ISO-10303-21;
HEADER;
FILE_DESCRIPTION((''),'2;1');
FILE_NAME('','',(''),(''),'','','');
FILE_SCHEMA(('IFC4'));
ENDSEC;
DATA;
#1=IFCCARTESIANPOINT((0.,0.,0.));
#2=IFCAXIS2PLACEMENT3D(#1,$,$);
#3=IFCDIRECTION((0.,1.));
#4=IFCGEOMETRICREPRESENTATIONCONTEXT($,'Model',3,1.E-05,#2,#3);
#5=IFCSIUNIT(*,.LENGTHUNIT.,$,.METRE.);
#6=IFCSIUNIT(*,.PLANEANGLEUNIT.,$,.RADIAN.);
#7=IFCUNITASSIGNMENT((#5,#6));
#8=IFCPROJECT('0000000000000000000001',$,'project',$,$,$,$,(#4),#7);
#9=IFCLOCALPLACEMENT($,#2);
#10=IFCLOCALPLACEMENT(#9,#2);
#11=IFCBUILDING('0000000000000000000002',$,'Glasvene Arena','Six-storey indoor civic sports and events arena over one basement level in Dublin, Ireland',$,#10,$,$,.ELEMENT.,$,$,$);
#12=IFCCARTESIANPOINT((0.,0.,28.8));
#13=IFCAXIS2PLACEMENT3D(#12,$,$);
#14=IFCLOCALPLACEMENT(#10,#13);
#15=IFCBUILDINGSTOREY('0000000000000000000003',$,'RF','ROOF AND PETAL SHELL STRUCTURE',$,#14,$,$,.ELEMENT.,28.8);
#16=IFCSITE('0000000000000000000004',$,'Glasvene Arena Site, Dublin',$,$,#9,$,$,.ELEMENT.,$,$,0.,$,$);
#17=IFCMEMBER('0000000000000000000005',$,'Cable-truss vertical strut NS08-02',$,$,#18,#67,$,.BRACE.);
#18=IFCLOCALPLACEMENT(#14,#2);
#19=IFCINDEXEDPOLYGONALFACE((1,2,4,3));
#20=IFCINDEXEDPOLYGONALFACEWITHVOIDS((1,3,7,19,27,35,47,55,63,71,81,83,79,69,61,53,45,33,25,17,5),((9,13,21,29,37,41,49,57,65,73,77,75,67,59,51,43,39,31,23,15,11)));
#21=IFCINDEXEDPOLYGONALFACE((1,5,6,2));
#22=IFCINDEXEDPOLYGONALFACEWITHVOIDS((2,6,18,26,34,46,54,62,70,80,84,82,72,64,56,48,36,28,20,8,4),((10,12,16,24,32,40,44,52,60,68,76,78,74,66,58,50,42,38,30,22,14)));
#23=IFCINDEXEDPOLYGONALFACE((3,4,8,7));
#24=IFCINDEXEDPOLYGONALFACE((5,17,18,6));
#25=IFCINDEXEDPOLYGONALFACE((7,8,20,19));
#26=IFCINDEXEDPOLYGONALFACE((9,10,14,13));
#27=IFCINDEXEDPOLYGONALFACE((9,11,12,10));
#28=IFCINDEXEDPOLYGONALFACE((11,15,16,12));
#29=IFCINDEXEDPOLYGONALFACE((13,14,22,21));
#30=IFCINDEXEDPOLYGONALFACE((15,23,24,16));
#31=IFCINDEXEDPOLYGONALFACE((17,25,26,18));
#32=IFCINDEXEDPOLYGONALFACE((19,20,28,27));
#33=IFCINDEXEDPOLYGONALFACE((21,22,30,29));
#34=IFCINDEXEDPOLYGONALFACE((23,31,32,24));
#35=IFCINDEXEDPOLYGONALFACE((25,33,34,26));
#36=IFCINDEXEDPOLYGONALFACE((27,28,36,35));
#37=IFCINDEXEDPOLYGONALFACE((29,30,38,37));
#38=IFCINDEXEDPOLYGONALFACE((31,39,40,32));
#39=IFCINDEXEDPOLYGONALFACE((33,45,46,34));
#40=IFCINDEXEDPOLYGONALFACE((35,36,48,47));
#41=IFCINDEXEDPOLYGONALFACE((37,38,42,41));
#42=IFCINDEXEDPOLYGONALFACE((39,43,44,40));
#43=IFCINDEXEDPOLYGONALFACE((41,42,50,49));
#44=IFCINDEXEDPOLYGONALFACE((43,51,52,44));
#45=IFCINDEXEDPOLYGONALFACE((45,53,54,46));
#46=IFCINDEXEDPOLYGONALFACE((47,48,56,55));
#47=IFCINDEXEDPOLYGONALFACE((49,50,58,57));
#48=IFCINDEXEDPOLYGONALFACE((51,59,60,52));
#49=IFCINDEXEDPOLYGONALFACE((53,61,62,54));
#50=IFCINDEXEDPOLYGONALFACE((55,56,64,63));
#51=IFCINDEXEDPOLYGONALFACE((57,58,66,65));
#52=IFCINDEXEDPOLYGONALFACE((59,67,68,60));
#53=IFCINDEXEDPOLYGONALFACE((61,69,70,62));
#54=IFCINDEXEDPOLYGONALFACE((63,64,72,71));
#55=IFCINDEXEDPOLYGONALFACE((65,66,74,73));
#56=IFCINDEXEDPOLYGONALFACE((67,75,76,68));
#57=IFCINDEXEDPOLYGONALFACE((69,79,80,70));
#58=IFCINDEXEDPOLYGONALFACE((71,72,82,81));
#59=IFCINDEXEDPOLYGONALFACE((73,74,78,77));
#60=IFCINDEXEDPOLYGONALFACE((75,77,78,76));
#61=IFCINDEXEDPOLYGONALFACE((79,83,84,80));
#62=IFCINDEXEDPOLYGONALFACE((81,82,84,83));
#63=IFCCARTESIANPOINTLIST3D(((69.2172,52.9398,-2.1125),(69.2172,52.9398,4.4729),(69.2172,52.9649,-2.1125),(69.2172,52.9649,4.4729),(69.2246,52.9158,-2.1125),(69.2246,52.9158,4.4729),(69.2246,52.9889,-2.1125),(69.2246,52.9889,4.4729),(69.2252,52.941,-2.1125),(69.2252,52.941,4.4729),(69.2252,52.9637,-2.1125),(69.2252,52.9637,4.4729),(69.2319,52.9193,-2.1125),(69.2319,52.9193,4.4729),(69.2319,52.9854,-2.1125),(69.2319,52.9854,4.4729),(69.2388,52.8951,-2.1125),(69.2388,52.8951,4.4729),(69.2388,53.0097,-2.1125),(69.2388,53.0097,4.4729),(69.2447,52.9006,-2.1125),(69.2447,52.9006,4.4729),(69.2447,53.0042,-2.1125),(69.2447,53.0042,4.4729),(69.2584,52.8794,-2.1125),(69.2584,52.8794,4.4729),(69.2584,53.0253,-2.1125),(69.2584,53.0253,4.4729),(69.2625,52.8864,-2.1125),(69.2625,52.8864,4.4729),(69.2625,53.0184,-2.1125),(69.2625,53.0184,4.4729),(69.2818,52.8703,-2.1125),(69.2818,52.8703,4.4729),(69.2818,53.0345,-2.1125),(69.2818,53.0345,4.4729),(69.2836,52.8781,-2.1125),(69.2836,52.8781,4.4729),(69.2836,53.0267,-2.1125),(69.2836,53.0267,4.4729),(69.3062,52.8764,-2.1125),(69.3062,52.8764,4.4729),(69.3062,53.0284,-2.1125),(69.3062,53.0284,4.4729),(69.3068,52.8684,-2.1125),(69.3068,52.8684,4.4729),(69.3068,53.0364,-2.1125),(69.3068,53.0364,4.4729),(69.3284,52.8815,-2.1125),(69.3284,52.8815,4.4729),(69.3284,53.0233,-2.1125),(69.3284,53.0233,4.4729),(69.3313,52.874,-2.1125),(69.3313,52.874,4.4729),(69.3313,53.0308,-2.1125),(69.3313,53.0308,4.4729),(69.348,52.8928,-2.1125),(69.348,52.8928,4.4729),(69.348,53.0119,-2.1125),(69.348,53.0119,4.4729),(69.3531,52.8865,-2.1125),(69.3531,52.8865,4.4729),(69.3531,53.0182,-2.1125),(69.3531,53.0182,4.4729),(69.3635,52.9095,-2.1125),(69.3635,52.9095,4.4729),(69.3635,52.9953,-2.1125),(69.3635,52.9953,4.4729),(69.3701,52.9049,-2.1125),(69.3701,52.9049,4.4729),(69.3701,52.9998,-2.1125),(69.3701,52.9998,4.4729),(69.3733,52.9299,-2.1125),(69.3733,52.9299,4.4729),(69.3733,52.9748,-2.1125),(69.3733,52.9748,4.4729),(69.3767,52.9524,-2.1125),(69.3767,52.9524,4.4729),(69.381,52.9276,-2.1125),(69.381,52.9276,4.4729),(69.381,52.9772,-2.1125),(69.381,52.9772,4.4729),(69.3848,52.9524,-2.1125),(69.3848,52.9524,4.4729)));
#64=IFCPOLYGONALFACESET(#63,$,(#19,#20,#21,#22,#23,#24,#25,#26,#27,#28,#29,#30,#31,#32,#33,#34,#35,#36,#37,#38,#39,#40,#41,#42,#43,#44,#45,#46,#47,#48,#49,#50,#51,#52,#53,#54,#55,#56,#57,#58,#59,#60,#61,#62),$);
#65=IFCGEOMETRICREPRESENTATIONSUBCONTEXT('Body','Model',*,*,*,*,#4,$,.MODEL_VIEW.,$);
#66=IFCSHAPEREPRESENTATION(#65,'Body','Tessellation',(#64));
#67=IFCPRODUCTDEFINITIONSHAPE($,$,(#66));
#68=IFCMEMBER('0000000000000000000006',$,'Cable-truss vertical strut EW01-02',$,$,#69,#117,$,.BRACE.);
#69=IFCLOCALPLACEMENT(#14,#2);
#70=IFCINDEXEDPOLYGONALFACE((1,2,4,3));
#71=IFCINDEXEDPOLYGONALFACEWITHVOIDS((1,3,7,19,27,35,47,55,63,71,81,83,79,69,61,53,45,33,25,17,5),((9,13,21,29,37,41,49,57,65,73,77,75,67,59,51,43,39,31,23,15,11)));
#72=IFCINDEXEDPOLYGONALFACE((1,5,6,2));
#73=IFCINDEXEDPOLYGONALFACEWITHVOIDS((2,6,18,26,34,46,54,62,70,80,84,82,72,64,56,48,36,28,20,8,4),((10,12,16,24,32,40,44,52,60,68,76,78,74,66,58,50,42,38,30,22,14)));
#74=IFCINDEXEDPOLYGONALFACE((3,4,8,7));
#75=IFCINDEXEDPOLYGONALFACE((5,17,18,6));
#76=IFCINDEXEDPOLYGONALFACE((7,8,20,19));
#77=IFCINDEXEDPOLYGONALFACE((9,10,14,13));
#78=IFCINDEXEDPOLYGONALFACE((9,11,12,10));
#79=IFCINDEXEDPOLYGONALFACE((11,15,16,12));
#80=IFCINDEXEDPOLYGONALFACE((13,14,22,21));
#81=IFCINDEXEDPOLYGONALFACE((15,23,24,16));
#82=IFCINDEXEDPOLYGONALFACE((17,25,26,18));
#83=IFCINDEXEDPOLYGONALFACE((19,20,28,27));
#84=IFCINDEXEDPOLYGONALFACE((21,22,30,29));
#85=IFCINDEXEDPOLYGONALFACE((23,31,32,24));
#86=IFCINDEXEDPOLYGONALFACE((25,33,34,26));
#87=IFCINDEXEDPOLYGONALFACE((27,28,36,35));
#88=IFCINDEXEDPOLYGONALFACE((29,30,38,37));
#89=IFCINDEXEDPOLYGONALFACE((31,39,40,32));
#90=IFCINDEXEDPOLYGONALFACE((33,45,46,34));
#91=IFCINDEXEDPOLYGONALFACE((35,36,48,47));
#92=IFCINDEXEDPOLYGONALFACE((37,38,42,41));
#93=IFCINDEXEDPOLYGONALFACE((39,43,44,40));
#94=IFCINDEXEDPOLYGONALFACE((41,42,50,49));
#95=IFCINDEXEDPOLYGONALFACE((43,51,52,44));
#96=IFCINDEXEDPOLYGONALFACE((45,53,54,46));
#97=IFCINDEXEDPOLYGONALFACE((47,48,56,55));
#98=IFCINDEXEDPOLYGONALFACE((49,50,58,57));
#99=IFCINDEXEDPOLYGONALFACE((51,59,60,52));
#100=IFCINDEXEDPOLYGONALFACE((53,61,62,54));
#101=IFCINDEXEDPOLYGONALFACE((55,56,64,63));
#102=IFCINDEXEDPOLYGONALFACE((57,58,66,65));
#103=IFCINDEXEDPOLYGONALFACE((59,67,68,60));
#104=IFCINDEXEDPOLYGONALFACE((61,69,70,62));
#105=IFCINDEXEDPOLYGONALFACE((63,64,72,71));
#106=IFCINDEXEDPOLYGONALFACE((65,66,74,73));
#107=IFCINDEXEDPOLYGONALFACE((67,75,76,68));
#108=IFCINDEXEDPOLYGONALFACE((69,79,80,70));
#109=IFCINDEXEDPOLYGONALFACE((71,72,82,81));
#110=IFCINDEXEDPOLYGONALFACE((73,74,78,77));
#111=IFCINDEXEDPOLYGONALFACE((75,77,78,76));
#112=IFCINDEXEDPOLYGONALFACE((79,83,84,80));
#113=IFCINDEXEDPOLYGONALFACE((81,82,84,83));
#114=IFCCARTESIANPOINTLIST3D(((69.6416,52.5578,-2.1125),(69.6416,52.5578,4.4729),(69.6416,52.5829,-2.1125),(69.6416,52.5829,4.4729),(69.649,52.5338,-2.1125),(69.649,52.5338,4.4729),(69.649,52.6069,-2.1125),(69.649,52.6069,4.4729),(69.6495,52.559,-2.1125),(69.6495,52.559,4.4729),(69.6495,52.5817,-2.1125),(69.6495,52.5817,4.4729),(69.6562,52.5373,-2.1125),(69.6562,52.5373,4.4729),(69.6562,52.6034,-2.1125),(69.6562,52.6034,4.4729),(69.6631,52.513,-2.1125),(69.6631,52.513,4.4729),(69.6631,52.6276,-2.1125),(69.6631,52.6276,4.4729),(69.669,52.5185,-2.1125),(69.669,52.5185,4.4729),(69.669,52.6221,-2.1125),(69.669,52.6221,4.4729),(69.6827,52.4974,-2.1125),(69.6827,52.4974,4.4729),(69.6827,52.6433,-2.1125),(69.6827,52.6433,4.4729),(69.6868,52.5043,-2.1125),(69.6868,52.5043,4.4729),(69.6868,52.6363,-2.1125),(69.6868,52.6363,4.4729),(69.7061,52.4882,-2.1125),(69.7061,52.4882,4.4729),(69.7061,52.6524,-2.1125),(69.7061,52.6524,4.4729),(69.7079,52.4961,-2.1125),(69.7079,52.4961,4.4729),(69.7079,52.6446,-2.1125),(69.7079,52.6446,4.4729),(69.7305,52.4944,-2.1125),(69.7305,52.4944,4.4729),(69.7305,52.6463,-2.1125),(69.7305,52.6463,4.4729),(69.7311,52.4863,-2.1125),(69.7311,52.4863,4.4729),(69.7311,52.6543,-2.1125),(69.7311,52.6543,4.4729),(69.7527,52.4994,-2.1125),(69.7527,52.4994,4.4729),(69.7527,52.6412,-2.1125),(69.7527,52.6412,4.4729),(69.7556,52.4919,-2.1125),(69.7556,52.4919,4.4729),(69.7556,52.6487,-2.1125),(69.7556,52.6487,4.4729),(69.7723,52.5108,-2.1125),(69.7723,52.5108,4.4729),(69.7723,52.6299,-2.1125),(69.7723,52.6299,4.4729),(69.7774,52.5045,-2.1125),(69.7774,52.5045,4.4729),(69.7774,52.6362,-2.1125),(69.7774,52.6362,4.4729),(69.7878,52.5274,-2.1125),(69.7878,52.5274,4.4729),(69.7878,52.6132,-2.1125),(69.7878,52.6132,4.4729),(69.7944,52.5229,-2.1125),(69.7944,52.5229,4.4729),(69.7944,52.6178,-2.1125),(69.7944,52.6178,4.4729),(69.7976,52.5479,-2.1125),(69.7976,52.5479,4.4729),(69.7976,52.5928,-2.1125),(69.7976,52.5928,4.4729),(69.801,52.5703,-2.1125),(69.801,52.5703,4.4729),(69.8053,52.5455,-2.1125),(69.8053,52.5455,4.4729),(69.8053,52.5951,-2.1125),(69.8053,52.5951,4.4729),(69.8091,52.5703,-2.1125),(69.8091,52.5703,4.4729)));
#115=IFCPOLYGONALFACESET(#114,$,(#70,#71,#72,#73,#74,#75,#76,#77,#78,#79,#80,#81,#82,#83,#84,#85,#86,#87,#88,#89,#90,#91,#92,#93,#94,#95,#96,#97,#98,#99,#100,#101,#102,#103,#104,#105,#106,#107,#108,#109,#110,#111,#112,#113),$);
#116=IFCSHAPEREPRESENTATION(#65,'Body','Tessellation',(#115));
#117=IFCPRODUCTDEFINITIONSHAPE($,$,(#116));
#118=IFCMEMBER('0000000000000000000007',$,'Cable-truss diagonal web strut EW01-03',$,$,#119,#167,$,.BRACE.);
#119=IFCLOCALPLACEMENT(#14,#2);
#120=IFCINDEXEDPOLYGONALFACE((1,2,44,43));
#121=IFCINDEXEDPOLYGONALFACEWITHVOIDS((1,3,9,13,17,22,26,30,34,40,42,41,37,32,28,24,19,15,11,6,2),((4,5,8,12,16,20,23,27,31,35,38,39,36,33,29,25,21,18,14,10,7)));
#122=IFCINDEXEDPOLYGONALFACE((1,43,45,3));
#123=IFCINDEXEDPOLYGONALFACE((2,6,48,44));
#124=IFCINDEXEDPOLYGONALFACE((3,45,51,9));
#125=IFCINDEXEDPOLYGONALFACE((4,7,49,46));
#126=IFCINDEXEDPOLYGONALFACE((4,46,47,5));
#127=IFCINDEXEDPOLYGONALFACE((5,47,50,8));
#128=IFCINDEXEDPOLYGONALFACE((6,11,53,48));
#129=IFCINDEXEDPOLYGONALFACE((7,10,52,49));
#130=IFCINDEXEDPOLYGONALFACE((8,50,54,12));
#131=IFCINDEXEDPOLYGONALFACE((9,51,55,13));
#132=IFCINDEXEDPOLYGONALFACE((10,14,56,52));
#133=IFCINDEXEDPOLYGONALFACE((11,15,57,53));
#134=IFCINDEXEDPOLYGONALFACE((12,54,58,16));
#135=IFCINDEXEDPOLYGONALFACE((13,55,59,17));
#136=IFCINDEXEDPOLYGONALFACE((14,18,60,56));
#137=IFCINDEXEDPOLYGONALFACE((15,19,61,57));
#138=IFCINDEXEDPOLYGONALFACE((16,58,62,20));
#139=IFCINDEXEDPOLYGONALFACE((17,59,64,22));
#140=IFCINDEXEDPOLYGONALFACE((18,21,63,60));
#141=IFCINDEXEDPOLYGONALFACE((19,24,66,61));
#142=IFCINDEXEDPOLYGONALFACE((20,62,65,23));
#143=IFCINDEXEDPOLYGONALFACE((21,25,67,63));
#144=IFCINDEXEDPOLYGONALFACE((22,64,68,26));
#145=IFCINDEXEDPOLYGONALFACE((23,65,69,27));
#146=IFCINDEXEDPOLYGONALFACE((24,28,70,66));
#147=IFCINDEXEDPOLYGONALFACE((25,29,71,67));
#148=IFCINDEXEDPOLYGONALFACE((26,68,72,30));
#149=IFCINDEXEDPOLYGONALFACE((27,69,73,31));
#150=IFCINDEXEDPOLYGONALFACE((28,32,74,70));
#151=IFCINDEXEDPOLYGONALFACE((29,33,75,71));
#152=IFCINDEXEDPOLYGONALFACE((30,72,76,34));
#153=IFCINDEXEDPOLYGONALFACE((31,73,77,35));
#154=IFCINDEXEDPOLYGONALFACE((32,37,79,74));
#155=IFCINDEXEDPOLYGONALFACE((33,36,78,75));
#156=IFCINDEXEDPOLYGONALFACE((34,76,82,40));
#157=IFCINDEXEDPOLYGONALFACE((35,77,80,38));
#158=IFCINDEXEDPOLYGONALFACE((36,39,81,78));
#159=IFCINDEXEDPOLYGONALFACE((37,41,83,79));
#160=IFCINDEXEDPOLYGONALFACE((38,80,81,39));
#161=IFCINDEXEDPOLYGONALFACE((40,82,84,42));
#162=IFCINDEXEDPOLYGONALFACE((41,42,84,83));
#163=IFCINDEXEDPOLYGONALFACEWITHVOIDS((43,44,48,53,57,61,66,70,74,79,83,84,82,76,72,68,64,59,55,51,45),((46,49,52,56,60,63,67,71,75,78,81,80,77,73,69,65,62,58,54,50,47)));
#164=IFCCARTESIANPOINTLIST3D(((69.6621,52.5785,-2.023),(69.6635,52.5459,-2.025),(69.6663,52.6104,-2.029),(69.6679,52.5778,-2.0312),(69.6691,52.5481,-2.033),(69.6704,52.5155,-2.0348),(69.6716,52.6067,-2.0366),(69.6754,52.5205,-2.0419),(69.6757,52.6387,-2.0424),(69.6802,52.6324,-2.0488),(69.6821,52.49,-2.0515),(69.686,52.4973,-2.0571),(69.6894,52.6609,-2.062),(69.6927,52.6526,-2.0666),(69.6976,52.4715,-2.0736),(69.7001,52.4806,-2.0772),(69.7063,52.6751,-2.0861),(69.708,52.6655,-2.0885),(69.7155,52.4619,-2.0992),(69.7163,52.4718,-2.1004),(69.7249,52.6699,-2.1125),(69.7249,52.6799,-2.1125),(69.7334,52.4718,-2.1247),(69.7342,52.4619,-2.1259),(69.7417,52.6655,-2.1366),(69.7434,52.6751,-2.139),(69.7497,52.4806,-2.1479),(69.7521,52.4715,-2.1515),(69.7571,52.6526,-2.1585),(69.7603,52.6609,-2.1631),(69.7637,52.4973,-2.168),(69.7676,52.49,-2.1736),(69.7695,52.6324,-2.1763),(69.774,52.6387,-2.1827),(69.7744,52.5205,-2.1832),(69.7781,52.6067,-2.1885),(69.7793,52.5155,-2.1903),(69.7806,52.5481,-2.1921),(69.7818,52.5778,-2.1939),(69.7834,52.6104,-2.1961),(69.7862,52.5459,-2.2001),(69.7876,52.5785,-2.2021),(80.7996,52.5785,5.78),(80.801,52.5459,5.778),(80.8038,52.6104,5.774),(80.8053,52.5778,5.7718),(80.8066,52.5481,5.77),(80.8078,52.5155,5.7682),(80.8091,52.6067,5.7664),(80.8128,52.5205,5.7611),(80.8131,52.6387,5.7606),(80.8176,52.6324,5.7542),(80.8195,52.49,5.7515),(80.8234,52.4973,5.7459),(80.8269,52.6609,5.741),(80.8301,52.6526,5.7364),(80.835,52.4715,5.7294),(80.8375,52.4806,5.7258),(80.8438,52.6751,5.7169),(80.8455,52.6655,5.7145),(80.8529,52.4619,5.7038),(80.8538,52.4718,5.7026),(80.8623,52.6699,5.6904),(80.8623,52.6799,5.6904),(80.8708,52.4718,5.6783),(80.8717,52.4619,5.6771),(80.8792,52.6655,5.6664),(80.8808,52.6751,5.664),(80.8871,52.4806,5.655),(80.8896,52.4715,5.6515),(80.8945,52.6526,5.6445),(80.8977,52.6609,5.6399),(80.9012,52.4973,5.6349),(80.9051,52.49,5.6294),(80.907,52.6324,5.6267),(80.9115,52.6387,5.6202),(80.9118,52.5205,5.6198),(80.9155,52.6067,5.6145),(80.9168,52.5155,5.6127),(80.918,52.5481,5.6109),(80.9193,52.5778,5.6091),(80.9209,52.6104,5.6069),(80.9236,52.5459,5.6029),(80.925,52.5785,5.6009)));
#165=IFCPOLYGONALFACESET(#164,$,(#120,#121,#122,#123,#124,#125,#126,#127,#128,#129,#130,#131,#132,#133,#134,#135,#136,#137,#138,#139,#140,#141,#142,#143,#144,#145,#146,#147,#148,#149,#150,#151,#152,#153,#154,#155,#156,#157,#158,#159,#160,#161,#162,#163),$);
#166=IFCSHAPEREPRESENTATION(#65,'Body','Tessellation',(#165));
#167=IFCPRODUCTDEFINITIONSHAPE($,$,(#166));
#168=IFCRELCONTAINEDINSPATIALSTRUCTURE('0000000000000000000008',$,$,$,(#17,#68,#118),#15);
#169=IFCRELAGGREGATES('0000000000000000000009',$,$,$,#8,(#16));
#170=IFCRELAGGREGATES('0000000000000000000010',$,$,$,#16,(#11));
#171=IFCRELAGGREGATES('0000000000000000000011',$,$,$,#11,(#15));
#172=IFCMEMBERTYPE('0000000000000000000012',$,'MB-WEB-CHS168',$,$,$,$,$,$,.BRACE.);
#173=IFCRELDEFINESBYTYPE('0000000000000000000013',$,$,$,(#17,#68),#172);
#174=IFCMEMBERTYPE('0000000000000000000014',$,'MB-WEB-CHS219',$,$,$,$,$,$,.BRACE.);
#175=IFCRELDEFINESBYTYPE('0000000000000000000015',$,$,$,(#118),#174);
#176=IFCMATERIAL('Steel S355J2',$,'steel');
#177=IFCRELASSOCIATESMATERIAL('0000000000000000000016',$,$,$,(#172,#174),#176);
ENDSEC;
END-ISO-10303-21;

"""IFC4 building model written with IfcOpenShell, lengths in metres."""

from ifc_helpers import new_model, si_unit, direction, frame, origin, origin_2d, place, context, subcontext, project, spatial, hollow_circle, extrude, material, material_profile, profile_set, type_object, element, save


model = new_model("IFC4")

# Units and contexts
model_context = context("Model", 3, precision=1e-05, world=origin(), true_north=direction((0.0, 1.0)))
body_context = subcontext(model_context, "Body", "Model", "MODEL_VIEW")
ifc_project = project(units=[si_unit("LENGTHUNIT", "METRE"), si_unit("PLANEANGLEUNIT", "RADIAN")], contexts=[model_context])

# Site, building, storey
site_placement = place(None, origin())
site = spatial("IfcSite", under=ifc_project, at=site_placement, Name="Glasvene Arena Site, Dublin", CompositionType="ELEMENT", RefElevation=0.0)
building_placement = place(site_placement, origin())
building = spatial("IfcBuilding", under=site, at=building_placement, Name="Glasvene Arena", Description="Six-storey indoor civic sports and events arena over one basement level in Dublin, Ireland", CompositionType="ELEMENT")
storey_placement = place(building_placement, frame((0.0, 0.0, 28.8)))
storey = spatial("IfcBuildingStorey", under=building, at=storey_placement, Name="RF", Description="ROOF AND PETAL SHELL STRUCTURE", CompositionType="ELEMENT", Elevation=28.8)

# Members
ifc_material_1 = material(Name="Steel S355J2", Category="steel")
ifc_material_profile_1 = material_profile(ifc_material_1, hollow_circle(Radius=0.0842, WallThickness=0.0081, at=origin_2d()), Name="CHS 168.3x8.0")
ifc_profile_set_1 = profile_set([ifc_material_profile_1], Name="Steel S355J2")
member_type_1 = type_object("IfcMemberType", Name="MB-WEB-CHS168", PredefinedType="BRACE", material=ifc_profile_set_1)
for number, where, z_axis, x_axis, name in (
    (1, (69.3005, 52.9524, -2.1125), (0.0, 0.0, 1.0), (1.0, 0.0, 0.0), "Cable-truss vertical strut NS08-02"),
    (2, (69.7249, 52.5703, -2.1125), (0.0, 0.0, 1.0), (1.0, 0.0, 0.0), "Cable-truss vertical strut EW01-02"),
):
    element("IfcMember", number, at=place(storey_placement, frame(where, z_axis=z_axis, x_axis=x_axis)), inside=storey, type_object=member_type_1, Name=name, PredefinedType="BRACE", context=body_context, shape_type="SweptSolid", body=[
        extrude(hollow_circle(Radius=0.0842, WallThickness=0.0081, at=origin_2d()), origin(), (0.0, 0.0, 1.0), 6.5854),
    ])
ifc_material_profile_2 = material_profile(ifc_material_1, hollow_circle(Radius=0.1096, WallThickness=0.01, at=origin_2d()), Name="CHS 219.1x10.0")
ifc_profile_set_2 = profile_set([ifc_material_profile_2], Name="Steel S355J2")
member_type_2 = type_object("IfcMemberType", Name="MB-WEB-CHS219", PredefinedType="BRACE", material=ifc_profile_set_2)
member_1_placement = place(storey_placement, frame((69.7249, 52.5703, -2.1125), z_axis=(0.818998, 0.0, 0.573796), x_axis=(0.0, 1.0, 0.0)))
element("IfcMember", 3, at=member_1_placement, inside=storey, type_object=member_type_2, Name="Cable-truss diagonal web strut EW01-03", PredefinedType="BRACE", context=body_context, shape_type="SweptSolid", body=[
    extrude(hollow_circle(Radius=0.1096, WallThickness=0.01, at=origin_2d()), origin(), (0.0, 0.0, 1.0), 13.5989),
])

save(model, "model.ifc")
